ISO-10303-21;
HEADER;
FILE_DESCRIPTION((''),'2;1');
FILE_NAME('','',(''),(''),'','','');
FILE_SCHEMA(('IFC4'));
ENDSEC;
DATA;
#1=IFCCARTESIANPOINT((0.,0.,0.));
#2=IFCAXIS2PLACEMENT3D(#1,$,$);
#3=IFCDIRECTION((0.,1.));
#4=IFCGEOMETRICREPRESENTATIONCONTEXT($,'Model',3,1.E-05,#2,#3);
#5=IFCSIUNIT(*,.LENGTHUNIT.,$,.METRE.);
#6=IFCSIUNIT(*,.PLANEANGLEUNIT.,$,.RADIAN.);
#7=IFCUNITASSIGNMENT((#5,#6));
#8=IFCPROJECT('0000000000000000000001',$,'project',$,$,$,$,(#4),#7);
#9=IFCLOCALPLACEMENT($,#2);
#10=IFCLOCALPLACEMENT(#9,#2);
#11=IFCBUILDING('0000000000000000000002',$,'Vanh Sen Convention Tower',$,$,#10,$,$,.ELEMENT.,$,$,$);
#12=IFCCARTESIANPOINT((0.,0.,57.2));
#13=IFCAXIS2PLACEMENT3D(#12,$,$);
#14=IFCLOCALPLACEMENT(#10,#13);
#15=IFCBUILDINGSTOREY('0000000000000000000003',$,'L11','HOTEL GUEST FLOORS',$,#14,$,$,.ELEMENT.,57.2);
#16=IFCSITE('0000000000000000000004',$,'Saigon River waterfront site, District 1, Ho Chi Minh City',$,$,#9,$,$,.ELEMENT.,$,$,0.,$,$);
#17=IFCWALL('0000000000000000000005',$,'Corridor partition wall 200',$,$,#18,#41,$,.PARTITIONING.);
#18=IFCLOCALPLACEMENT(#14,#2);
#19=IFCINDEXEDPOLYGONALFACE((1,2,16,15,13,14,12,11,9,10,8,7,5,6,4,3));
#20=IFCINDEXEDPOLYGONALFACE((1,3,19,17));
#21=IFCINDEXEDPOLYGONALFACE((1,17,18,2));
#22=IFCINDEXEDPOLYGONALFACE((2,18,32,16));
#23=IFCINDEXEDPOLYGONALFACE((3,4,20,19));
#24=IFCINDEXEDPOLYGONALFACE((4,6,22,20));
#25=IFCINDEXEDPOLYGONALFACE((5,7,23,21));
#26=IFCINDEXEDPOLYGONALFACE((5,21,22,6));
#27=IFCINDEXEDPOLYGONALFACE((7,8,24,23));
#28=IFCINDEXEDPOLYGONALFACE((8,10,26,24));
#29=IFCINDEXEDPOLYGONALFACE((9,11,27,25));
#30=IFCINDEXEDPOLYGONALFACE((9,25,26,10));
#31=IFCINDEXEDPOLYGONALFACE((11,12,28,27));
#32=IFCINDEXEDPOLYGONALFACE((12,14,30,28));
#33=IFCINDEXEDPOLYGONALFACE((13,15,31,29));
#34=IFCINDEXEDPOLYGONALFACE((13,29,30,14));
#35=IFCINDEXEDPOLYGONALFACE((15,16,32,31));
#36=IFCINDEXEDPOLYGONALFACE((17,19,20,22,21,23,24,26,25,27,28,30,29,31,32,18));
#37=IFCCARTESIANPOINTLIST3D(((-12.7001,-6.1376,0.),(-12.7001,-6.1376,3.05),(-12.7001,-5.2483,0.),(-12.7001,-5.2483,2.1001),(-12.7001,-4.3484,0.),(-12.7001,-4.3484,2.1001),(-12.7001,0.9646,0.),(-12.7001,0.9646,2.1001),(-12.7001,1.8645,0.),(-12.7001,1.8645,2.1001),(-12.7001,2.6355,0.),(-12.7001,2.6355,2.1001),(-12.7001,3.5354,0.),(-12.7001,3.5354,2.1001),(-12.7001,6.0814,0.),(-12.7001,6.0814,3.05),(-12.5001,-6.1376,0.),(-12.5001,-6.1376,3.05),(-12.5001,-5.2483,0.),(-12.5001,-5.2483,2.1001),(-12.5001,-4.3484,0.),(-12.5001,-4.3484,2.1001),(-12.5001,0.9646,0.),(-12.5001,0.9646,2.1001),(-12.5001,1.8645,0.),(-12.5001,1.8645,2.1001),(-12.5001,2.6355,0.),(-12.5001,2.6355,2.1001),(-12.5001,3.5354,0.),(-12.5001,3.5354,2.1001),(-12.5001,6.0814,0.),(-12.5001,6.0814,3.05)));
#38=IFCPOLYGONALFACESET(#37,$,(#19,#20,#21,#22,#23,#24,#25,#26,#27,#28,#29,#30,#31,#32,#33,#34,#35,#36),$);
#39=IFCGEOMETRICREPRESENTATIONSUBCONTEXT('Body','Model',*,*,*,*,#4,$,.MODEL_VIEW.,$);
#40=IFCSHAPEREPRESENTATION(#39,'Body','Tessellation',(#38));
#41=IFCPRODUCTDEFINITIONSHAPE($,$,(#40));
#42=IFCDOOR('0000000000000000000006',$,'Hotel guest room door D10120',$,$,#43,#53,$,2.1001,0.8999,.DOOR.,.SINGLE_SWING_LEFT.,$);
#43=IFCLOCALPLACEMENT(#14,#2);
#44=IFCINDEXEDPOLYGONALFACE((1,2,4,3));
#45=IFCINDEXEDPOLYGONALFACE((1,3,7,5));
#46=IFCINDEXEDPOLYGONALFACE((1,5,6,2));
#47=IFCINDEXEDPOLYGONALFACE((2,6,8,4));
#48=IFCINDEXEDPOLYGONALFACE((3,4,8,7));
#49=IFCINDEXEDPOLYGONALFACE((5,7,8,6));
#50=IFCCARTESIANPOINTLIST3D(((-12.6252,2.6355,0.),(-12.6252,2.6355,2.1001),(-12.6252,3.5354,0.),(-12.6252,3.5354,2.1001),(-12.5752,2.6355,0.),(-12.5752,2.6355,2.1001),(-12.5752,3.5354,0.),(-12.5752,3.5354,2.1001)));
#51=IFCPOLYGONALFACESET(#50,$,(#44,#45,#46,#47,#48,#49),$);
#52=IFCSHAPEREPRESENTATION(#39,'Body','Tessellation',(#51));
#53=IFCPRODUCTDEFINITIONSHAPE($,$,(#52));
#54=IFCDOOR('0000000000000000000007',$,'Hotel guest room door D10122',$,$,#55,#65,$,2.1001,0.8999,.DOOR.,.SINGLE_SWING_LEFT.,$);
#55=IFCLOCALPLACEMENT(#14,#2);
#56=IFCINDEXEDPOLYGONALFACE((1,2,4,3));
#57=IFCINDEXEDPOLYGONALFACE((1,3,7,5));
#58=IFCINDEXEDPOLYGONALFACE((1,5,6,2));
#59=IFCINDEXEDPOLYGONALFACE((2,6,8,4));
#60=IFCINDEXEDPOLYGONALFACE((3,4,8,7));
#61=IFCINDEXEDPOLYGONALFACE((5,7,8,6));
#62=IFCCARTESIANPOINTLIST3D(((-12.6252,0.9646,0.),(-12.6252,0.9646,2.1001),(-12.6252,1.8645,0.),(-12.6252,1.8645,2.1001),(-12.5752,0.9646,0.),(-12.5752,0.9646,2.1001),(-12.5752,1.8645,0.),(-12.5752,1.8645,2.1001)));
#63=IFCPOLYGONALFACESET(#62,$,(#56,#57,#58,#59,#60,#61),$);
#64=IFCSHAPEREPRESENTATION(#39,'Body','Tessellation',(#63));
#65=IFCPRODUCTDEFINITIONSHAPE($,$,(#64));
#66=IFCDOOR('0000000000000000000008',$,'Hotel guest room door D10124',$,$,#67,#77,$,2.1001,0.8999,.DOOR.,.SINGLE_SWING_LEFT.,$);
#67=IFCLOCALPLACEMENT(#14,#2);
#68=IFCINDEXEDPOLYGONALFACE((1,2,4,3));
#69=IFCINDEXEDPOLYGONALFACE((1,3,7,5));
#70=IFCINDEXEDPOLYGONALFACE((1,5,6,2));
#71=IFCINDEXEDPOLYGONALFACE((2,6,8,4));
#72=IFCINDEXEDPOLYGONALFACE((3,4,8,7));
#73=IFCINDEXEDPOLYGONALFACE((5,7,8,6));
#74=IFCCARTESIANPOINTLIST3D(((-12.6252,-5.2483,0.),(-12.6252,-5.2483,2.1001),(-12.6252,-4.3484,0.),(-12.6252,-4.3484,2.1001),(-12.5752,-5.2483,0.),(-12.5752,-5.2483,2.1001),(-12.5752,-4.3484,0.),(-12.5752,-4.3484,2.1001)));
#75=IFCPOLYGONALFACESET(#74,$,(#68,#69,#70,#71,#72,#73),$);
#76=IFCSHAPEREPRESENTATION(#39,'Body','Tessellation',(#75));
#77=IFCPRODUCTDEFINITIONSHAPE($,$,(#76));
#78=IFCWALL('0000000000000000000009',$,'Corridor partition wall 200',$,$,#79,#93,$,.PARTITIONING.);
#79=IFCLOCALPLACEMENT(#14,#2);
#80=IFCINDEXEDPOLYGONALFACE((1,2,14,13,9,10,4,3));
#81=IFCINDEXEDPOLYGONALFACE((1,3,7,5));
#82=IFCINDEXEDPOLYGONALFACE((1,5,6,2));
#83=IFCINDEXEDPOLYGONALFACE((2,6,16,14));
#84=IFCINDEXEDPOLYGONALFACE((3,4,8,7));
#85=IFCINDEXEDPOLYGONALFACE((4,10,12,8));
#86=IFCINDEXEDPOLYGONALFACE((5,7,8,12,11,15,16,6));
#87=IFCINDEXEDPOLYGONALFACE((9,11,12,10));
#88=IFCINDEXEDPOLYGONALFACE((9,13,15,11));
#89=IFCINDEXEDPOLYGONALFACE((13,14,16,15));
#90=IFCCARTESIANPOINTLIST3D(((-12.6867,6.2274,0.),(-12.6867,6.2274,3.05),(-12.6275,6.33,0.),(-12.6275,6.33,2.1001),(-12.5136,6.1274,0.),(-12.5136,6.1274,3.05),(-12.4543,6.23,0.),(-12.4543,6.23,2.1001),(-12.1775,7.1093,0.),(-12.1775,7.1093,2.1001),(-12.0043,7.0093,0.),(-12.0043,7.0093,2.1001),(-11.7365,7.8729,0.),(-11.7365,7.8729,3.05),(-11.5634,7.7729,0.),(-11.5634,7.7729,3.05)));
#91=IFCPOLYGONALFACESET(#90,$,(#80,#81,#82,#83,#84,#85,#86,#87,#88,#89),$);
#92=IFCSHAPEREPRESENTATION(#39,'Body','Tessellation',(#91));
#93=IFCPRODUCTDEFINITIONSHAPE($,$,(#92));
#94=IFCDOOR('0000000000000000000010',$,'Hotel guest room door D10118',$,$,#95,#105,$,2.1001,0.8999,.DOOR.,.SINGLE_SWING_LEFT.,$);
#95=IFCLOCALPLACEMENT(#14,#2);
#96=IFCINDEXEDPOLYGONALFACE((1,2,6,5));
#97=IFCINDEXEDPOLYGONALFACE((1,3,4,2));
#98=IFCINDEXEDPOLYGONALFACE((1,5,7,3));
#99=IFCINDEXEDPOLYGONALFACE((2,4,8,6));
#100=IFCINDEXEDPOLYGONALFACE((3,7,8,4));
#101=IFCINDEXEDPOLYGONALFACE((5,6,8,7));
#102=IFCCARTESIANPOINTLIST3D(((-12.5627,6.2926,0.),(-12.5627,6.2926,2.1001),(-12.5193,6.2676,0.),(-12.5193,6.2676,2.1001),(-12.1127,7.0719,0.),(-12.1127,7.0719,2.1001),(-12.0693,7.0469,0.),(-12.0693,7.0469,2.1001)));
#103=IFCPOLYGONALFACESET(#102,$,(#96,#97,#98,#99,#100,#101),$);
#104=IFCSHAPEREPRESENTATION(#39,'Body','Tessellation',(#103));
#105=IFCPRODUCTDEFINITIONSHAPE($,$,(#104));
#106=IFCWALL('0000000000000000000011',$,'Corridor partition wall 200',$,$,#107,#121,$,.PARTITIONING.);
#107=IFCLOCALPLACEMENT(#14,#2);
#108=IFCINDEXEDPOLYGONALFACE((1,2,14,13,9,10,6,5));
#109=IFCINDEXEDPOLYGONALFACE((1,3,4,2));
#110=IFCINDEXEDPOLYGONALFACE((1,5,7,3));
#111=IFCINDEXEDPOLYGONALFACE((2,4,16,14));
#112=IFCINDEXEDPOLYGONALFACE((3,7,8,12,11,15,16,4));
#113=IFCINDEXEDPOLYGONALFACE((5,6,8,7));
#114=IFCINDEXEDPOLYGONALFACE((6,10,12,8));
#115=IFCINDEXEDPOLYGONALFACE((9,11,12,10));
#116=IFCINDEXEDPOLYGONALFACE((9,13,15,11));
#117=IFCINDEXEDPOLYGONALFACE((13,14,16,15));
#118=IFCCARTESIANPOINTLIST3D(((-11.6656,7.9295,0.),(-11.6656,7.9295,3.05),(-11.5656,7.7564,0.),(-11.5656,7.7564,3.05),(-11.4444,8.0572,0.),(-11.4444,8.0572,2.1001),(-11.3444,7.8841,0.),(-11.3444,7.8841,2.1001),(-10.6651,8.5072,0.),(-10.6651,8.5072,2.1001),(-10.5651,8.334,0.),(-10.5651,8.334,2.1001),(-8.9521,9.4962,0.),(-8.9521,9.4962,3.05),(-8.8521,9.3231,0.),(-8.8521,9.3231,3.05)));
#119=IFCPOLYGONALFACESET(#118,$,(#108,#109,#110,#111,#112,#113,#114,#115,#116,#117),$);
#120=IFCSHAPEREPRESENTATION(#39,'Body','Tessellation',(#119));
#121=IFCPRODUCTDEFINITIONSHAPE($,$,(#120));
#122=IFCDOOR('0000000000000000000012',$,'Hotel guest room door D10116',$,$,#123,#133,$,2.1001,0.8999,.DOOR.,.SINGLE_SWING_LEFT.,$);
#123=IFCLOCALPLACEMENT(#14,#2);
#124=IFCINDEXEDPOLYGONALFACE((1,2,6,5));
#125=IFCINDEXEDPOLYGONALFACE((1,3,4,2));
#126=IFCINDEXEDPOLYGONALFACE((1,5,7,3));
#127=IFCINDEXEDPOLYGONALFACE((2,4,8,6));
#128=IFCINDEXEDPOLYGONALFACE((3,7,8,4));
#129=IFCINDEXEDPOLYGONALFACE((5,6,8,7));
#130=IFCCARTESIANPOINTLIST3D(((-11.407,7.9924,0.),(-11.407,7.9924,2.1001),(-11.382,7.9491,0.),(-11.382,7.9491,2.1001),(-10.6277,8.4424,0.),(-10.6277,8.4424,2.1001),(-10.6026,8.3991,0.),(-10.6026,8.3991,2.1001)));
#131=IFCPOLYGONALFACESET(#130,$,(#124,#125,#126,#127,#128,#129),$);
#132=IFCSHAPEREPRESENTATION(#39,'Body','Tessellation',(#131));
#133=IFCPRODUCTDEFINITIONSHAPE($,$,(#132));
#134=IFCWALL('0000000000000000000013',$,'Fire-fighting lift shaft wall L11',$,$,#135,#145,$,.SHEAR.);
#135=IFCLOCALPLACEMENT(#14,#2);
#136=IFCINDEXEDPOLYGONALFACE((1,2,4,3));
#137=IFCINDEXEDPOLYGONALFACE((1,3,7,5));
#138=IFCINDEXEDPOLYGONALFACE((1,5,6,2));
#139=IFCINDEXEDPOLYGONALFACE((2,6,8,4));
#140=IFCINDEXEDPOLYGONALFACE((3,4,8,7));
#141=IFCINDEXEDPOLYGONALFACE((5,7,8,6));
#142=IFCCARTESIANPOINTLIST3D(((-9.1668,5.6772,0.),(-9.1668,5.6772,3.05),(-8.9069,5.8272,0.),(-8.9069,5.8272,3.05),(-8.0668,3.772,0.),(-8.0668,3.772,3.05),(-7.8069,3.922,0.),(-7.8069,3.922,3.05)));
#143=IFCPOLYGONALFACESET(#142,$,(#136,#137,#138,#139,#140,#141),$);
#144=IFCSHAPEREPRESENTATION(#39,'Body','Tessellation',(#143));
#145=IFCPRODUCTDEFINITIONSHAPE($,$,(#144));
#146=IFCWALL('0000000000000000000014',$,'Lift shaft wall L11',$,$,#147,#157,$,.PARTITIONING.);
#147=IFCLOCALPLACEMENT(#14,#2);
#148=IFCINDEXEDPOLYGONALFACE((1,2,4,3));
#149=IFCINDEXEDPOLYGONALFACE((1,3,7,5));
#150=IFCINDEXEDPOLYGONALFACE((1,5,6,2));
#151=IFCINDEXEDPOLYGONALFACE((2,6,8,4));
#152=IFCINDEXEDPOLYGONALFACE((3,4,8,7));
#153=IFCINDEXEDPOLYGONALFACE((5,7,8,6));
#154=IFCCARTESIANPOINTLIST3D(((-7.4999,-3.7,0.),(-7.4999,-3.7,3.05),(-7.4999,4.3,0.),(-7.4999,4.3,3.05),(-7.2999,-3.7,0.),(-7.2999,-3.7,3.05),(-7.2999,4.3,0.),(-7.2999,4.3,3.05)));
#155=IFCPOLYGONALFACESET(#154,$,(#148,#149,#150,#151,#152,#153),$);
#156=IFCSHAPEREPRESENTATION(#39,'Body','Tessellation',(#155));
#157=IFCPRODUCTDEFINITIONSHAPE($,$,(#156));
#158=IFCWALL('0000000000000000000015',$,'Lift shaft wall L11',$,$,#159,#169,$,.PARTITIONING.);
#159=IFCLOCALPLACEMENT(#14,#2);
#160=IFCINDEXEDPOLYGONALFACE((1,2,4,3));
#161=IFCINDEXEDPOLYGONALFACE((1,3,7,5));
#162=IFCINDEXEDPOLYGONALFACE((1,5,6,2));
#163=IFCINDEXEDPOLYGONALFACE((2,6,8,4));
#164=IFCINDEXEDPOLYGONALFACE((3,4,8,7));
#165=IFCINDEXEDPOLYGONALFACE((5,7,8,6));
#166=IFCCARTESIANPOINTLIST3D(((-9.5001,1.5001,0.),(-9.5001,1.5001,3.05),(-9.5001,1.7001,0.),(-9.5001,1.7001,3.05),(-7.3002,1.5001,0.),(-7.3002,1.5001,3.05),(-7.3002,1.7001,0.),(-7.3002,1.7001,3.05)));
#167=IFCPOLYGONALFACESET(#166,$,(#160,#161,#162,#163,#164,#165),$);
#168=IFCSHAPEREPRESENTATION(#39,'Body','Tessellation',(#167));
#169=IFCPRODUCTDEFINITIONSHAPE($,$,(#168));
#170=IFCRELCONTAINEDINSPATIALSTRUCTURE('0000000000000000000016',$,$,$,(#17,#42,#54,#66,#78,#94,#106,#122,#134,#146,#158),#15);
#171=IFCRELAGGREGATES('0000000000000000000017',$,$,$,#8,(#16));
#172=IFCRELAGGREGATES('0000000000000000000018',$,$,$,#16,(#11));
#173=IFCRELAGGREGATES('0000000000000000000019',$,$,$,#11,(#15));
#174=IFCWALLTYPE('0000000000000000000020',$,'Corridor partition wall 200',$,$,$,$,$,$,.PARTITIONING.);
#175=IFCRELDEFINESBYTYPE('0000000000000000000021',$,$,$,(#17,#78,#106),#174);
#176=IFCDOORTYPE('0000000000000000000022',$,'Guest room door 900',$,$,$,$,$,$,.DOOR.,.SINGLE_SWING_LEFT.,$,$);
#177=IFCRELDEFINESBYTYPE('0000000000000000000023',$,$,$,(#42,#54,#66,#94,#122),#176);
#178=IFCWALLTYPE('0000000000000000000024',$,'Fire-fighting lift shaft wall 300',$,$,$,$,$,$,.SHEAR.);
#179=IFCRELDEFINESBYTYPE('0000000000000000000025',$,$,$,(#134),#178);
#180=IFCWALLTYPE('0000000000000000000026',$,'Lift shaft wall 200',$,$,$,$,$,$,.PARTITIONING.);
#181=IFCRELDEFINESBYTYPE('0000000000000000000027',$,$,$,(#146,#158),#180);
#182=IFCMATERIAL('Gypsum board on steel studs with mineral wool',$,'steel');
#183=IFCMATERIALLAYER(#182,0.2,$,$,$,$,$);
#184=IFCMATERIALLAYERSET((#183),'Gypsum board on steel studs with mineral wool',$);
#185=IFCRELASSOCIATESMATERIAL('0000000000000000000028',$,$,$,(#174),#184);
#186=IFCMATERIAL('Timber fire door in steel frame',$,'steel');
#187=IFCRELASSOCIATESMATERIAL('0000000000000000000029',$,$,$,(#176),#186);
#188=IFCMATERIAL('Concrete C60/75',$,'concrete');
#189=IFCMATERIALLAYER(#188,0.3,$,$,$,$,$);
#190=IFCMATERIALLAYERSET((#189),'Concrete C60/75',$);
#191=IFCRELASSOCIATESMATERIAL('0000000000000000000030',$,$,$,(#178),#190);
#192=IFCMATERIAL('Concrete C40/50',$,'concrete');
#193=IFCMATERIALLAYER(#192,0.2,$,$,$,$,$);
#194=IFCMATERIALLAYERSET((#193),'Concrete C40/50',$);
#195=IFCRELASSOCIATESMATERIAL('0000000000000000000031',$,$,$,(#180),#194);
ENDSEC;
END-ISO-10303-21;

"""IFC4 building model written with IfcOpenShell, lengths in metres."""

from ifc_helpers import new_model, si_unit, direction, frame, frame_2d, origin, place, context, subcontext, project, spatial, rectangle, extrude, material, layer, layer_set, type_object, element, fill, save


model = new_model("IFC4")

# Units and contexts
model_context = context("Model", 3, precision=1e-05, world=origin(), true_north=direction((0.0, 1.0)))
body_context = subcontext(model_context, "Body", "Model", "MODEL_VIEW")
ifc_project = project(units=[si_unit("LENGTHUNIT", "METRE"), si_unit("PLANEANGLEUNIT", "RADIAN")], contexts=[model_context])

# Site, building, storey
site_placement = place(None, origin())
site = spatial("IfcSite", under=ifc_project, at=site_placement, Name="Saigon River waterfront site, District 1, Ho Chi Minh City", CompositionType="ELEMENT", RefElevation=0.0)
building_placement = place(site_placement, origin())
building = spatial("IfcBuilding", under=site, at=building_placement, Name="Vanh Sen Convention Tower", CompositionType="ELEMENT")
storey_placement = place(building_placement, frame((0.0, 0.0, 57.2)))
storey = spatial("IfcBuildingStorey", under=building, at=storey_placement, Name="L11", Description="HOTEL GUEST FLOORS", CompositionType="ELEMENT", Elevation=57.2)

# Wall, openings, doors
ifc_material_1 = material(Name="Gypsum board on steel studs with mineral wool", Category="steel")
ifc_layer_1 = layer(ifc_material_1, 0.2)
ifc_layer_set_1 = layer_set([ifc_layer_1], Name="Gypsum board on steel studs with mineral wool")
wall_type_1 = type_object("IfcWallType", Name="Corridor partition wall 200", PredefinedType="PARTITIONING", material=ifc_layer_set_1)
wall_1_placement = place(storey_placement, frame((-12.6001, 6.0813, 0.0), z_axis=(0.0, 0.0, 1.0), x_axis=(0.0, -1.0, 0.0)))
wall_1 = element("IfcWall", 1, at=wall_1_placement, inside=storey, type_object=wall_type_1, Name="Corridor partition wall 200", PredefinedType="PARTITIONING", context=body_context, shape_type="SweptSolid", body=[
    extrude(rectangle(XDim=12.219, YDim=0.2, at=frame_2d((6.1094, 0.0))), origin(), (0.0, 0.0, 1.0), 3.05),
])
opening_1_placement = place(wall_1_placement, frame((2.5459, 0.0, 0.0)))
opening_1 = element("IfcOpeningElement", 2, at=opening_1_placement, cuts=wall_1, PredefinedType="OPENING", context=body_context, shape_type="SweptSolid", body=[
    extrude(rectangle(XDim=0.8999, YDim=2.1001, at=frame_2d((0.45, 1.05))), frame((0.0, 0.1099, 0.0), z_axis=(0.0, -1.0, 0.0), x_axis=(1.0, 0.0, 0.0)), (0.0, 0.0, 1.0), 0.22),
])
opening_2_placement = place(wall_1_placement, frame((4.2168, 0.0, 0.0)))
opening_2 = element("IfcOpeningElement", 3, at=opening_2_placement, cuts=wall_1, PredefinedType="OPENING", context=body_context, shape_type="SweptSolid", body=[
    extrude(rectangle(XDim=0.8999, YDim=2.1001, at=frame_2d((0.45, 1.05))), frame((0.0, 0.1099, 0.0), z_axis=(0.0, -1.0, 0.0), x_axis=(1.0, 0.0, 0.0)), (0.0, 0.0, 1.0), 0.22),
])
opening_3_placement = place(wall_1_placement, frame((10.4297, 0.0, 0.0)))
opening_3 = element("IfcOpeningElement", 4, at=opening_3_placement, cuts=wall_1, PredefinedType="OPENING", context=body_context, shape_type="SweptSolid", body=[
    extrude(rectangle(XDim=0.8999, YDim=2.1001, at=frame_2d((0.45, 1.05))), frame((0.0, 0.1099, 0.0), z_axis=(0.0, -1.0, 0.0), x_axis=(1.0, 0.0, 0.0)), (0.0, 0.0, 1.0), 0.22),
])
ifc_material_2 = material(Name="Timber fire door in steel frame", Category="steel")
door_type_1 = type_object("IfcDoorType", Name="Guest room door 900", OperationType="SINGLE_SWING_LEFT", PredefinedType="DOOR", material=ifc_material_2)
door_1_placement = place(opening_1_placement, origin())
door_1 = element("IfcDoor", 5, at=door_1_placement, inside=storey, type_object=door_type_1, Name="Hotel guest room door D10120", OperationType="SINGLE_SWING_LEFT", OverallHeight=2.1001, OverallWidth=0.8999, PredefinedType="DOOR", context=body_context, shape_type="SweptSolid", body=[
    extrude(rectangle(XDim=0.8999, YDim=2.1001, at=frame_2d((0.45, 1.05))), frame((0.0, 0.0249, 0.0), z_axis=(0.0, -1.0, 0.0), x_axis=(1.0, 0.0, 0.0)), (0.0, 0.0, 1.0), 0.05),
])
fill(opening_1, door_1)
door_2_placement = place(opening_2_placement, origin())
door_2 = element("IfcDoor", 6, at=door_2_placement, inside=storey, type_object=door_type_1, Name="Hotel guest room door D10122", OperationType="SINGLE_SWING_LEFT", OverallHeight=2.1001, OverallWidth=0.8999, PredefinedType="DOOR", context=body_context, shape_type="SweptSolid", body=[
    extrude(rectangle(XDim=0.8999, YDim=2.1001, at=frame_2d((0.45, 1.05))), frame((0.0, 0.0249, 0.0), z_axis=(0.0, -1.0, 0.0), x_axis=(1.0, 0.0, 0.0)), (0.0, 0.0, 1.0), 0.05),
])
fill(opening_2, door_2)
door_3_placement = place(opening_3_placement, origin())
door_3 = element("IfcDoor", 7, at=door_3_placement, inside=storey, type_object=door_type_1, Name="Hotel guest room door D10124", OperationType="SINGLE_SWING_LEFT", OverallHeight=2.1001, OverallWidth=0.8999, PredefinedType="DOOR", context=body_context, shape_type="SweptSolid", body=[
    extrude(rectangle(XDim=0.8999, YDim=2.1001, at=frame_2d((0.45, 1.05))), frame((0.0, 0.0249, 0.0), z_axis=(0.0, -1.0, 0.0), x_axis=(1.0, 0.0, 0.0)), (0.0, 0.0, 1.0), 0.05),
])
fill(opening_3, door_3)

# Walls, openings, doors
wall_2_placement = place(storey_placement, frame((-11.6499, 7.823, 0.0), z_axis=(0.0, 0.0, 1.0), x_axis=(-0.500064, -0.865989, 0.0)))
wall_2 = element("IfcWall", 8, at=wall_2_placement, inside=storey, type_object=wall_type_1, Name="Corridor partition wall 200", PredefinedType="PARTITIONING", context=body_context, shape_type="SweptSolid", body=[
    extrude(rectangle(XDim=1.9001, YDim=0.2, at=frame_2d((0.9502, 0.0))), origin(), (0.0, 0.0, 1.0), 3.05),
])
opening_4_placement = place(wall_2_placement, frame((0.8818, 0.0, 0.0)))
opening_4 = element("IfcOpeningElement", 9, at=opening_4_placement, cuts=wall_2, PredefinedType="OPENING", context=body_context, shape_type="SweptSolid", body=[
    extrude(rectangle(XDim=0.8999, YDim=2.1001, at=frame_2d((0.45, 1.05))), frame((0.0, 0.1099, 0.0), z_axis=(0.0, -1.0, 0.0), x_axis=(1.0, 0.0, 0.0)), (0.0, 0.0, 1.0), 0.22),
])
door_4_placement = place(opening_4_placement, origin())
door_4 = element("IfcDoor", 10, at=door_4_placement, inside=storey, type_object=door_type_1, Name="Hotel guest room door D10118", OperationType="SINGLE_SWING_LEFT", OverallHeight=2.1001, OverallWidth=0.8999, PredefinedType="DOOR", context=body_context, shape_type="SweptSolid", body=[
    extrude(rectangle(XDim=0.8999, YDim=2.1001, at=frame_2d((0.45, 1.05))), frame((0.0, 0.0249, 0.0), z_axis=(0.0, -1.0, 0.0), x_axis=(1.0, 0.0, 0.0)), (0.0, 0.0, 1.0), 0.05),
])
fill(opening_4, door_4)
wall_3_placement = place(storey_placement, frame((-8.9021, 9.4097, 0.0), z_axis=(0.0, 0.0, 1.0), x_axis=(-0.866014, -0.500019, 0.0)))
wall_3 = element("IfcWall", 11, at=wall_3_placement, inside=storey, type_object=wall_type_1, Name="Corridor partition wall 200", PredefinedType="PARTITIONING", context=body_context, shape_type="SweptSolid", body=[
    extrude(rectangle(XDim=3.1333, YDim=0.2, at=frame_2d((1.5667, 0.0))), origin(), (0.0, 0.0, 1.0), 3.05),
])
opening_5_placement = place(wall_3_placement, frame((1.978, 0.0, 0.0)))
opening_5 = element("IfcOpeningElement", 12, at=opening_5_placement, cuts=wall_3, PredefinedType="OPENING", context=body_context, shape_type="SweptSolid", body=[
    extrude(rectangle(XDim=0.8999, YDim=2.1001, at=frame_2d((0.45, 1.05))), frame((0.0, 0.1099, 0.0), z_axis=(0.0, -1.0, 0.0), x_axis=(1.0, 0.0, 0.0)), (0.0, 0.0, 1.0), 0.22),
])
door_5_placement = place(opening_5_placement, origin())
door_5 = element("IfcDoor", 13, at=door_5_placement, inside=storey, type_object=door_type_1, Name="Hotel guest room door D10116", OperationType="SINGLE_SWING_LEFT", OverallHeight=2.1001, OverallWidth=0.8999, PredefinedType="DOOR", context=body_context, shape_type="SweptSolid", body=[
    extrude(rectangle(XDim=0.8999, YDim=2.1001, at=frame_2d((0.45, 1.05))), frame((0.0, 0.0249, 0.0), z_axis=(0.0, -1.0, 0.0), x_axis=(1.0, 0.0, 0.0)), (0.0, 0.0, 1.0), 0.05),
])
fill(opening_5, door_5)

# Walls
ifc_material_3 = material(Name="Concrete C60/75", Category="concrete")
ifc_layer_2 = layer(ifc_material_3, 0.3)
ifc_layer_set_2 = layer_set([ifc_layer_2], Name="Concrete C60/75")
wall_type_2 = type_object("IfcWallType", Name="Fire-fighting lift shaft wall 300", PredefinedType="SHEAR", material=ifc_layer_set_2)
wall_4_placement = place(storey_placement, frame((-7.9368, 3.8469, 0.0), z_axis=(0.0, 0.0, 1.0), x_axis=(-0.50003, 0.866008, 0.0)))
element("IfcWall", 14, at=wall_4_placement, inside=storey, type_object=wall_type_2, Name="Fire-fighting lift shaft wall L11", PredefinedType="SHEAR", context=body_context, shape_type="SweptSolid", body=[
    extrude(rectangle(XDim=2.2, YDim=0.3, at=frame_2d((1.1001, 0.0))), origin(), (0.0, 0.0, 1.0), 3.05),
])
ifc_material_4 = material(Name="Concrete C40/50", Category="concrete")
ifc_layer_3 = layer(ifc_material_4, 0.2)
ifc_layer_set_3 = layer_set([ifc_layer_3], Name="Concrete C40/50")
wall_type_3 = type_object("IfcWallType", Name="Lift shaft wall 200", PredefinedType="PARTITIONING", material=ifc_layer_set_3)
wall_5_placement = place(storey_placement, frame((-7.3999, 4.3, 0.0), z_axis=(0.0, 0.0, 1.0), x_axis=(0.0, -1.0, 0.0)))
element("IfcWall", 15, at=wall_5_placement, inside=storey, type_object=wall_type_3, Name="Lift shaft wall L11", PredefinedType="PARTITIONING", context=body_context, shape_type="SweptSolid", body=[
    extrude(rectangle(XDim=8.0, YDim=0.2, at=frame_2d((4.0, 0.0))), origin(), (0.0, 0.0, 1.0), 3.05),
])
wall_6_placement = place(storey_placement, frame((-7.3, 1.6001, 0.0), z_axis=(0.0, 0.0, 1.0), x_axis=(-1.0, 0.0, 0.0)))
element("IfcWall", 16, at=wall_6_placement, inside=storey, type_object=wall_type_3, Name="Lift shaft wall L11", PredefinedType="PARTITIONING", context=body_context, shape_type="SweptSolid", body=[
    extrude(rectangle(XDim=2.2, YDim=0.2, at=frame_2d((1.1001, 0.0))), origin(), (0.0, 0.0, 1.0), 3.05),
])

save(model, "model.ifc")
